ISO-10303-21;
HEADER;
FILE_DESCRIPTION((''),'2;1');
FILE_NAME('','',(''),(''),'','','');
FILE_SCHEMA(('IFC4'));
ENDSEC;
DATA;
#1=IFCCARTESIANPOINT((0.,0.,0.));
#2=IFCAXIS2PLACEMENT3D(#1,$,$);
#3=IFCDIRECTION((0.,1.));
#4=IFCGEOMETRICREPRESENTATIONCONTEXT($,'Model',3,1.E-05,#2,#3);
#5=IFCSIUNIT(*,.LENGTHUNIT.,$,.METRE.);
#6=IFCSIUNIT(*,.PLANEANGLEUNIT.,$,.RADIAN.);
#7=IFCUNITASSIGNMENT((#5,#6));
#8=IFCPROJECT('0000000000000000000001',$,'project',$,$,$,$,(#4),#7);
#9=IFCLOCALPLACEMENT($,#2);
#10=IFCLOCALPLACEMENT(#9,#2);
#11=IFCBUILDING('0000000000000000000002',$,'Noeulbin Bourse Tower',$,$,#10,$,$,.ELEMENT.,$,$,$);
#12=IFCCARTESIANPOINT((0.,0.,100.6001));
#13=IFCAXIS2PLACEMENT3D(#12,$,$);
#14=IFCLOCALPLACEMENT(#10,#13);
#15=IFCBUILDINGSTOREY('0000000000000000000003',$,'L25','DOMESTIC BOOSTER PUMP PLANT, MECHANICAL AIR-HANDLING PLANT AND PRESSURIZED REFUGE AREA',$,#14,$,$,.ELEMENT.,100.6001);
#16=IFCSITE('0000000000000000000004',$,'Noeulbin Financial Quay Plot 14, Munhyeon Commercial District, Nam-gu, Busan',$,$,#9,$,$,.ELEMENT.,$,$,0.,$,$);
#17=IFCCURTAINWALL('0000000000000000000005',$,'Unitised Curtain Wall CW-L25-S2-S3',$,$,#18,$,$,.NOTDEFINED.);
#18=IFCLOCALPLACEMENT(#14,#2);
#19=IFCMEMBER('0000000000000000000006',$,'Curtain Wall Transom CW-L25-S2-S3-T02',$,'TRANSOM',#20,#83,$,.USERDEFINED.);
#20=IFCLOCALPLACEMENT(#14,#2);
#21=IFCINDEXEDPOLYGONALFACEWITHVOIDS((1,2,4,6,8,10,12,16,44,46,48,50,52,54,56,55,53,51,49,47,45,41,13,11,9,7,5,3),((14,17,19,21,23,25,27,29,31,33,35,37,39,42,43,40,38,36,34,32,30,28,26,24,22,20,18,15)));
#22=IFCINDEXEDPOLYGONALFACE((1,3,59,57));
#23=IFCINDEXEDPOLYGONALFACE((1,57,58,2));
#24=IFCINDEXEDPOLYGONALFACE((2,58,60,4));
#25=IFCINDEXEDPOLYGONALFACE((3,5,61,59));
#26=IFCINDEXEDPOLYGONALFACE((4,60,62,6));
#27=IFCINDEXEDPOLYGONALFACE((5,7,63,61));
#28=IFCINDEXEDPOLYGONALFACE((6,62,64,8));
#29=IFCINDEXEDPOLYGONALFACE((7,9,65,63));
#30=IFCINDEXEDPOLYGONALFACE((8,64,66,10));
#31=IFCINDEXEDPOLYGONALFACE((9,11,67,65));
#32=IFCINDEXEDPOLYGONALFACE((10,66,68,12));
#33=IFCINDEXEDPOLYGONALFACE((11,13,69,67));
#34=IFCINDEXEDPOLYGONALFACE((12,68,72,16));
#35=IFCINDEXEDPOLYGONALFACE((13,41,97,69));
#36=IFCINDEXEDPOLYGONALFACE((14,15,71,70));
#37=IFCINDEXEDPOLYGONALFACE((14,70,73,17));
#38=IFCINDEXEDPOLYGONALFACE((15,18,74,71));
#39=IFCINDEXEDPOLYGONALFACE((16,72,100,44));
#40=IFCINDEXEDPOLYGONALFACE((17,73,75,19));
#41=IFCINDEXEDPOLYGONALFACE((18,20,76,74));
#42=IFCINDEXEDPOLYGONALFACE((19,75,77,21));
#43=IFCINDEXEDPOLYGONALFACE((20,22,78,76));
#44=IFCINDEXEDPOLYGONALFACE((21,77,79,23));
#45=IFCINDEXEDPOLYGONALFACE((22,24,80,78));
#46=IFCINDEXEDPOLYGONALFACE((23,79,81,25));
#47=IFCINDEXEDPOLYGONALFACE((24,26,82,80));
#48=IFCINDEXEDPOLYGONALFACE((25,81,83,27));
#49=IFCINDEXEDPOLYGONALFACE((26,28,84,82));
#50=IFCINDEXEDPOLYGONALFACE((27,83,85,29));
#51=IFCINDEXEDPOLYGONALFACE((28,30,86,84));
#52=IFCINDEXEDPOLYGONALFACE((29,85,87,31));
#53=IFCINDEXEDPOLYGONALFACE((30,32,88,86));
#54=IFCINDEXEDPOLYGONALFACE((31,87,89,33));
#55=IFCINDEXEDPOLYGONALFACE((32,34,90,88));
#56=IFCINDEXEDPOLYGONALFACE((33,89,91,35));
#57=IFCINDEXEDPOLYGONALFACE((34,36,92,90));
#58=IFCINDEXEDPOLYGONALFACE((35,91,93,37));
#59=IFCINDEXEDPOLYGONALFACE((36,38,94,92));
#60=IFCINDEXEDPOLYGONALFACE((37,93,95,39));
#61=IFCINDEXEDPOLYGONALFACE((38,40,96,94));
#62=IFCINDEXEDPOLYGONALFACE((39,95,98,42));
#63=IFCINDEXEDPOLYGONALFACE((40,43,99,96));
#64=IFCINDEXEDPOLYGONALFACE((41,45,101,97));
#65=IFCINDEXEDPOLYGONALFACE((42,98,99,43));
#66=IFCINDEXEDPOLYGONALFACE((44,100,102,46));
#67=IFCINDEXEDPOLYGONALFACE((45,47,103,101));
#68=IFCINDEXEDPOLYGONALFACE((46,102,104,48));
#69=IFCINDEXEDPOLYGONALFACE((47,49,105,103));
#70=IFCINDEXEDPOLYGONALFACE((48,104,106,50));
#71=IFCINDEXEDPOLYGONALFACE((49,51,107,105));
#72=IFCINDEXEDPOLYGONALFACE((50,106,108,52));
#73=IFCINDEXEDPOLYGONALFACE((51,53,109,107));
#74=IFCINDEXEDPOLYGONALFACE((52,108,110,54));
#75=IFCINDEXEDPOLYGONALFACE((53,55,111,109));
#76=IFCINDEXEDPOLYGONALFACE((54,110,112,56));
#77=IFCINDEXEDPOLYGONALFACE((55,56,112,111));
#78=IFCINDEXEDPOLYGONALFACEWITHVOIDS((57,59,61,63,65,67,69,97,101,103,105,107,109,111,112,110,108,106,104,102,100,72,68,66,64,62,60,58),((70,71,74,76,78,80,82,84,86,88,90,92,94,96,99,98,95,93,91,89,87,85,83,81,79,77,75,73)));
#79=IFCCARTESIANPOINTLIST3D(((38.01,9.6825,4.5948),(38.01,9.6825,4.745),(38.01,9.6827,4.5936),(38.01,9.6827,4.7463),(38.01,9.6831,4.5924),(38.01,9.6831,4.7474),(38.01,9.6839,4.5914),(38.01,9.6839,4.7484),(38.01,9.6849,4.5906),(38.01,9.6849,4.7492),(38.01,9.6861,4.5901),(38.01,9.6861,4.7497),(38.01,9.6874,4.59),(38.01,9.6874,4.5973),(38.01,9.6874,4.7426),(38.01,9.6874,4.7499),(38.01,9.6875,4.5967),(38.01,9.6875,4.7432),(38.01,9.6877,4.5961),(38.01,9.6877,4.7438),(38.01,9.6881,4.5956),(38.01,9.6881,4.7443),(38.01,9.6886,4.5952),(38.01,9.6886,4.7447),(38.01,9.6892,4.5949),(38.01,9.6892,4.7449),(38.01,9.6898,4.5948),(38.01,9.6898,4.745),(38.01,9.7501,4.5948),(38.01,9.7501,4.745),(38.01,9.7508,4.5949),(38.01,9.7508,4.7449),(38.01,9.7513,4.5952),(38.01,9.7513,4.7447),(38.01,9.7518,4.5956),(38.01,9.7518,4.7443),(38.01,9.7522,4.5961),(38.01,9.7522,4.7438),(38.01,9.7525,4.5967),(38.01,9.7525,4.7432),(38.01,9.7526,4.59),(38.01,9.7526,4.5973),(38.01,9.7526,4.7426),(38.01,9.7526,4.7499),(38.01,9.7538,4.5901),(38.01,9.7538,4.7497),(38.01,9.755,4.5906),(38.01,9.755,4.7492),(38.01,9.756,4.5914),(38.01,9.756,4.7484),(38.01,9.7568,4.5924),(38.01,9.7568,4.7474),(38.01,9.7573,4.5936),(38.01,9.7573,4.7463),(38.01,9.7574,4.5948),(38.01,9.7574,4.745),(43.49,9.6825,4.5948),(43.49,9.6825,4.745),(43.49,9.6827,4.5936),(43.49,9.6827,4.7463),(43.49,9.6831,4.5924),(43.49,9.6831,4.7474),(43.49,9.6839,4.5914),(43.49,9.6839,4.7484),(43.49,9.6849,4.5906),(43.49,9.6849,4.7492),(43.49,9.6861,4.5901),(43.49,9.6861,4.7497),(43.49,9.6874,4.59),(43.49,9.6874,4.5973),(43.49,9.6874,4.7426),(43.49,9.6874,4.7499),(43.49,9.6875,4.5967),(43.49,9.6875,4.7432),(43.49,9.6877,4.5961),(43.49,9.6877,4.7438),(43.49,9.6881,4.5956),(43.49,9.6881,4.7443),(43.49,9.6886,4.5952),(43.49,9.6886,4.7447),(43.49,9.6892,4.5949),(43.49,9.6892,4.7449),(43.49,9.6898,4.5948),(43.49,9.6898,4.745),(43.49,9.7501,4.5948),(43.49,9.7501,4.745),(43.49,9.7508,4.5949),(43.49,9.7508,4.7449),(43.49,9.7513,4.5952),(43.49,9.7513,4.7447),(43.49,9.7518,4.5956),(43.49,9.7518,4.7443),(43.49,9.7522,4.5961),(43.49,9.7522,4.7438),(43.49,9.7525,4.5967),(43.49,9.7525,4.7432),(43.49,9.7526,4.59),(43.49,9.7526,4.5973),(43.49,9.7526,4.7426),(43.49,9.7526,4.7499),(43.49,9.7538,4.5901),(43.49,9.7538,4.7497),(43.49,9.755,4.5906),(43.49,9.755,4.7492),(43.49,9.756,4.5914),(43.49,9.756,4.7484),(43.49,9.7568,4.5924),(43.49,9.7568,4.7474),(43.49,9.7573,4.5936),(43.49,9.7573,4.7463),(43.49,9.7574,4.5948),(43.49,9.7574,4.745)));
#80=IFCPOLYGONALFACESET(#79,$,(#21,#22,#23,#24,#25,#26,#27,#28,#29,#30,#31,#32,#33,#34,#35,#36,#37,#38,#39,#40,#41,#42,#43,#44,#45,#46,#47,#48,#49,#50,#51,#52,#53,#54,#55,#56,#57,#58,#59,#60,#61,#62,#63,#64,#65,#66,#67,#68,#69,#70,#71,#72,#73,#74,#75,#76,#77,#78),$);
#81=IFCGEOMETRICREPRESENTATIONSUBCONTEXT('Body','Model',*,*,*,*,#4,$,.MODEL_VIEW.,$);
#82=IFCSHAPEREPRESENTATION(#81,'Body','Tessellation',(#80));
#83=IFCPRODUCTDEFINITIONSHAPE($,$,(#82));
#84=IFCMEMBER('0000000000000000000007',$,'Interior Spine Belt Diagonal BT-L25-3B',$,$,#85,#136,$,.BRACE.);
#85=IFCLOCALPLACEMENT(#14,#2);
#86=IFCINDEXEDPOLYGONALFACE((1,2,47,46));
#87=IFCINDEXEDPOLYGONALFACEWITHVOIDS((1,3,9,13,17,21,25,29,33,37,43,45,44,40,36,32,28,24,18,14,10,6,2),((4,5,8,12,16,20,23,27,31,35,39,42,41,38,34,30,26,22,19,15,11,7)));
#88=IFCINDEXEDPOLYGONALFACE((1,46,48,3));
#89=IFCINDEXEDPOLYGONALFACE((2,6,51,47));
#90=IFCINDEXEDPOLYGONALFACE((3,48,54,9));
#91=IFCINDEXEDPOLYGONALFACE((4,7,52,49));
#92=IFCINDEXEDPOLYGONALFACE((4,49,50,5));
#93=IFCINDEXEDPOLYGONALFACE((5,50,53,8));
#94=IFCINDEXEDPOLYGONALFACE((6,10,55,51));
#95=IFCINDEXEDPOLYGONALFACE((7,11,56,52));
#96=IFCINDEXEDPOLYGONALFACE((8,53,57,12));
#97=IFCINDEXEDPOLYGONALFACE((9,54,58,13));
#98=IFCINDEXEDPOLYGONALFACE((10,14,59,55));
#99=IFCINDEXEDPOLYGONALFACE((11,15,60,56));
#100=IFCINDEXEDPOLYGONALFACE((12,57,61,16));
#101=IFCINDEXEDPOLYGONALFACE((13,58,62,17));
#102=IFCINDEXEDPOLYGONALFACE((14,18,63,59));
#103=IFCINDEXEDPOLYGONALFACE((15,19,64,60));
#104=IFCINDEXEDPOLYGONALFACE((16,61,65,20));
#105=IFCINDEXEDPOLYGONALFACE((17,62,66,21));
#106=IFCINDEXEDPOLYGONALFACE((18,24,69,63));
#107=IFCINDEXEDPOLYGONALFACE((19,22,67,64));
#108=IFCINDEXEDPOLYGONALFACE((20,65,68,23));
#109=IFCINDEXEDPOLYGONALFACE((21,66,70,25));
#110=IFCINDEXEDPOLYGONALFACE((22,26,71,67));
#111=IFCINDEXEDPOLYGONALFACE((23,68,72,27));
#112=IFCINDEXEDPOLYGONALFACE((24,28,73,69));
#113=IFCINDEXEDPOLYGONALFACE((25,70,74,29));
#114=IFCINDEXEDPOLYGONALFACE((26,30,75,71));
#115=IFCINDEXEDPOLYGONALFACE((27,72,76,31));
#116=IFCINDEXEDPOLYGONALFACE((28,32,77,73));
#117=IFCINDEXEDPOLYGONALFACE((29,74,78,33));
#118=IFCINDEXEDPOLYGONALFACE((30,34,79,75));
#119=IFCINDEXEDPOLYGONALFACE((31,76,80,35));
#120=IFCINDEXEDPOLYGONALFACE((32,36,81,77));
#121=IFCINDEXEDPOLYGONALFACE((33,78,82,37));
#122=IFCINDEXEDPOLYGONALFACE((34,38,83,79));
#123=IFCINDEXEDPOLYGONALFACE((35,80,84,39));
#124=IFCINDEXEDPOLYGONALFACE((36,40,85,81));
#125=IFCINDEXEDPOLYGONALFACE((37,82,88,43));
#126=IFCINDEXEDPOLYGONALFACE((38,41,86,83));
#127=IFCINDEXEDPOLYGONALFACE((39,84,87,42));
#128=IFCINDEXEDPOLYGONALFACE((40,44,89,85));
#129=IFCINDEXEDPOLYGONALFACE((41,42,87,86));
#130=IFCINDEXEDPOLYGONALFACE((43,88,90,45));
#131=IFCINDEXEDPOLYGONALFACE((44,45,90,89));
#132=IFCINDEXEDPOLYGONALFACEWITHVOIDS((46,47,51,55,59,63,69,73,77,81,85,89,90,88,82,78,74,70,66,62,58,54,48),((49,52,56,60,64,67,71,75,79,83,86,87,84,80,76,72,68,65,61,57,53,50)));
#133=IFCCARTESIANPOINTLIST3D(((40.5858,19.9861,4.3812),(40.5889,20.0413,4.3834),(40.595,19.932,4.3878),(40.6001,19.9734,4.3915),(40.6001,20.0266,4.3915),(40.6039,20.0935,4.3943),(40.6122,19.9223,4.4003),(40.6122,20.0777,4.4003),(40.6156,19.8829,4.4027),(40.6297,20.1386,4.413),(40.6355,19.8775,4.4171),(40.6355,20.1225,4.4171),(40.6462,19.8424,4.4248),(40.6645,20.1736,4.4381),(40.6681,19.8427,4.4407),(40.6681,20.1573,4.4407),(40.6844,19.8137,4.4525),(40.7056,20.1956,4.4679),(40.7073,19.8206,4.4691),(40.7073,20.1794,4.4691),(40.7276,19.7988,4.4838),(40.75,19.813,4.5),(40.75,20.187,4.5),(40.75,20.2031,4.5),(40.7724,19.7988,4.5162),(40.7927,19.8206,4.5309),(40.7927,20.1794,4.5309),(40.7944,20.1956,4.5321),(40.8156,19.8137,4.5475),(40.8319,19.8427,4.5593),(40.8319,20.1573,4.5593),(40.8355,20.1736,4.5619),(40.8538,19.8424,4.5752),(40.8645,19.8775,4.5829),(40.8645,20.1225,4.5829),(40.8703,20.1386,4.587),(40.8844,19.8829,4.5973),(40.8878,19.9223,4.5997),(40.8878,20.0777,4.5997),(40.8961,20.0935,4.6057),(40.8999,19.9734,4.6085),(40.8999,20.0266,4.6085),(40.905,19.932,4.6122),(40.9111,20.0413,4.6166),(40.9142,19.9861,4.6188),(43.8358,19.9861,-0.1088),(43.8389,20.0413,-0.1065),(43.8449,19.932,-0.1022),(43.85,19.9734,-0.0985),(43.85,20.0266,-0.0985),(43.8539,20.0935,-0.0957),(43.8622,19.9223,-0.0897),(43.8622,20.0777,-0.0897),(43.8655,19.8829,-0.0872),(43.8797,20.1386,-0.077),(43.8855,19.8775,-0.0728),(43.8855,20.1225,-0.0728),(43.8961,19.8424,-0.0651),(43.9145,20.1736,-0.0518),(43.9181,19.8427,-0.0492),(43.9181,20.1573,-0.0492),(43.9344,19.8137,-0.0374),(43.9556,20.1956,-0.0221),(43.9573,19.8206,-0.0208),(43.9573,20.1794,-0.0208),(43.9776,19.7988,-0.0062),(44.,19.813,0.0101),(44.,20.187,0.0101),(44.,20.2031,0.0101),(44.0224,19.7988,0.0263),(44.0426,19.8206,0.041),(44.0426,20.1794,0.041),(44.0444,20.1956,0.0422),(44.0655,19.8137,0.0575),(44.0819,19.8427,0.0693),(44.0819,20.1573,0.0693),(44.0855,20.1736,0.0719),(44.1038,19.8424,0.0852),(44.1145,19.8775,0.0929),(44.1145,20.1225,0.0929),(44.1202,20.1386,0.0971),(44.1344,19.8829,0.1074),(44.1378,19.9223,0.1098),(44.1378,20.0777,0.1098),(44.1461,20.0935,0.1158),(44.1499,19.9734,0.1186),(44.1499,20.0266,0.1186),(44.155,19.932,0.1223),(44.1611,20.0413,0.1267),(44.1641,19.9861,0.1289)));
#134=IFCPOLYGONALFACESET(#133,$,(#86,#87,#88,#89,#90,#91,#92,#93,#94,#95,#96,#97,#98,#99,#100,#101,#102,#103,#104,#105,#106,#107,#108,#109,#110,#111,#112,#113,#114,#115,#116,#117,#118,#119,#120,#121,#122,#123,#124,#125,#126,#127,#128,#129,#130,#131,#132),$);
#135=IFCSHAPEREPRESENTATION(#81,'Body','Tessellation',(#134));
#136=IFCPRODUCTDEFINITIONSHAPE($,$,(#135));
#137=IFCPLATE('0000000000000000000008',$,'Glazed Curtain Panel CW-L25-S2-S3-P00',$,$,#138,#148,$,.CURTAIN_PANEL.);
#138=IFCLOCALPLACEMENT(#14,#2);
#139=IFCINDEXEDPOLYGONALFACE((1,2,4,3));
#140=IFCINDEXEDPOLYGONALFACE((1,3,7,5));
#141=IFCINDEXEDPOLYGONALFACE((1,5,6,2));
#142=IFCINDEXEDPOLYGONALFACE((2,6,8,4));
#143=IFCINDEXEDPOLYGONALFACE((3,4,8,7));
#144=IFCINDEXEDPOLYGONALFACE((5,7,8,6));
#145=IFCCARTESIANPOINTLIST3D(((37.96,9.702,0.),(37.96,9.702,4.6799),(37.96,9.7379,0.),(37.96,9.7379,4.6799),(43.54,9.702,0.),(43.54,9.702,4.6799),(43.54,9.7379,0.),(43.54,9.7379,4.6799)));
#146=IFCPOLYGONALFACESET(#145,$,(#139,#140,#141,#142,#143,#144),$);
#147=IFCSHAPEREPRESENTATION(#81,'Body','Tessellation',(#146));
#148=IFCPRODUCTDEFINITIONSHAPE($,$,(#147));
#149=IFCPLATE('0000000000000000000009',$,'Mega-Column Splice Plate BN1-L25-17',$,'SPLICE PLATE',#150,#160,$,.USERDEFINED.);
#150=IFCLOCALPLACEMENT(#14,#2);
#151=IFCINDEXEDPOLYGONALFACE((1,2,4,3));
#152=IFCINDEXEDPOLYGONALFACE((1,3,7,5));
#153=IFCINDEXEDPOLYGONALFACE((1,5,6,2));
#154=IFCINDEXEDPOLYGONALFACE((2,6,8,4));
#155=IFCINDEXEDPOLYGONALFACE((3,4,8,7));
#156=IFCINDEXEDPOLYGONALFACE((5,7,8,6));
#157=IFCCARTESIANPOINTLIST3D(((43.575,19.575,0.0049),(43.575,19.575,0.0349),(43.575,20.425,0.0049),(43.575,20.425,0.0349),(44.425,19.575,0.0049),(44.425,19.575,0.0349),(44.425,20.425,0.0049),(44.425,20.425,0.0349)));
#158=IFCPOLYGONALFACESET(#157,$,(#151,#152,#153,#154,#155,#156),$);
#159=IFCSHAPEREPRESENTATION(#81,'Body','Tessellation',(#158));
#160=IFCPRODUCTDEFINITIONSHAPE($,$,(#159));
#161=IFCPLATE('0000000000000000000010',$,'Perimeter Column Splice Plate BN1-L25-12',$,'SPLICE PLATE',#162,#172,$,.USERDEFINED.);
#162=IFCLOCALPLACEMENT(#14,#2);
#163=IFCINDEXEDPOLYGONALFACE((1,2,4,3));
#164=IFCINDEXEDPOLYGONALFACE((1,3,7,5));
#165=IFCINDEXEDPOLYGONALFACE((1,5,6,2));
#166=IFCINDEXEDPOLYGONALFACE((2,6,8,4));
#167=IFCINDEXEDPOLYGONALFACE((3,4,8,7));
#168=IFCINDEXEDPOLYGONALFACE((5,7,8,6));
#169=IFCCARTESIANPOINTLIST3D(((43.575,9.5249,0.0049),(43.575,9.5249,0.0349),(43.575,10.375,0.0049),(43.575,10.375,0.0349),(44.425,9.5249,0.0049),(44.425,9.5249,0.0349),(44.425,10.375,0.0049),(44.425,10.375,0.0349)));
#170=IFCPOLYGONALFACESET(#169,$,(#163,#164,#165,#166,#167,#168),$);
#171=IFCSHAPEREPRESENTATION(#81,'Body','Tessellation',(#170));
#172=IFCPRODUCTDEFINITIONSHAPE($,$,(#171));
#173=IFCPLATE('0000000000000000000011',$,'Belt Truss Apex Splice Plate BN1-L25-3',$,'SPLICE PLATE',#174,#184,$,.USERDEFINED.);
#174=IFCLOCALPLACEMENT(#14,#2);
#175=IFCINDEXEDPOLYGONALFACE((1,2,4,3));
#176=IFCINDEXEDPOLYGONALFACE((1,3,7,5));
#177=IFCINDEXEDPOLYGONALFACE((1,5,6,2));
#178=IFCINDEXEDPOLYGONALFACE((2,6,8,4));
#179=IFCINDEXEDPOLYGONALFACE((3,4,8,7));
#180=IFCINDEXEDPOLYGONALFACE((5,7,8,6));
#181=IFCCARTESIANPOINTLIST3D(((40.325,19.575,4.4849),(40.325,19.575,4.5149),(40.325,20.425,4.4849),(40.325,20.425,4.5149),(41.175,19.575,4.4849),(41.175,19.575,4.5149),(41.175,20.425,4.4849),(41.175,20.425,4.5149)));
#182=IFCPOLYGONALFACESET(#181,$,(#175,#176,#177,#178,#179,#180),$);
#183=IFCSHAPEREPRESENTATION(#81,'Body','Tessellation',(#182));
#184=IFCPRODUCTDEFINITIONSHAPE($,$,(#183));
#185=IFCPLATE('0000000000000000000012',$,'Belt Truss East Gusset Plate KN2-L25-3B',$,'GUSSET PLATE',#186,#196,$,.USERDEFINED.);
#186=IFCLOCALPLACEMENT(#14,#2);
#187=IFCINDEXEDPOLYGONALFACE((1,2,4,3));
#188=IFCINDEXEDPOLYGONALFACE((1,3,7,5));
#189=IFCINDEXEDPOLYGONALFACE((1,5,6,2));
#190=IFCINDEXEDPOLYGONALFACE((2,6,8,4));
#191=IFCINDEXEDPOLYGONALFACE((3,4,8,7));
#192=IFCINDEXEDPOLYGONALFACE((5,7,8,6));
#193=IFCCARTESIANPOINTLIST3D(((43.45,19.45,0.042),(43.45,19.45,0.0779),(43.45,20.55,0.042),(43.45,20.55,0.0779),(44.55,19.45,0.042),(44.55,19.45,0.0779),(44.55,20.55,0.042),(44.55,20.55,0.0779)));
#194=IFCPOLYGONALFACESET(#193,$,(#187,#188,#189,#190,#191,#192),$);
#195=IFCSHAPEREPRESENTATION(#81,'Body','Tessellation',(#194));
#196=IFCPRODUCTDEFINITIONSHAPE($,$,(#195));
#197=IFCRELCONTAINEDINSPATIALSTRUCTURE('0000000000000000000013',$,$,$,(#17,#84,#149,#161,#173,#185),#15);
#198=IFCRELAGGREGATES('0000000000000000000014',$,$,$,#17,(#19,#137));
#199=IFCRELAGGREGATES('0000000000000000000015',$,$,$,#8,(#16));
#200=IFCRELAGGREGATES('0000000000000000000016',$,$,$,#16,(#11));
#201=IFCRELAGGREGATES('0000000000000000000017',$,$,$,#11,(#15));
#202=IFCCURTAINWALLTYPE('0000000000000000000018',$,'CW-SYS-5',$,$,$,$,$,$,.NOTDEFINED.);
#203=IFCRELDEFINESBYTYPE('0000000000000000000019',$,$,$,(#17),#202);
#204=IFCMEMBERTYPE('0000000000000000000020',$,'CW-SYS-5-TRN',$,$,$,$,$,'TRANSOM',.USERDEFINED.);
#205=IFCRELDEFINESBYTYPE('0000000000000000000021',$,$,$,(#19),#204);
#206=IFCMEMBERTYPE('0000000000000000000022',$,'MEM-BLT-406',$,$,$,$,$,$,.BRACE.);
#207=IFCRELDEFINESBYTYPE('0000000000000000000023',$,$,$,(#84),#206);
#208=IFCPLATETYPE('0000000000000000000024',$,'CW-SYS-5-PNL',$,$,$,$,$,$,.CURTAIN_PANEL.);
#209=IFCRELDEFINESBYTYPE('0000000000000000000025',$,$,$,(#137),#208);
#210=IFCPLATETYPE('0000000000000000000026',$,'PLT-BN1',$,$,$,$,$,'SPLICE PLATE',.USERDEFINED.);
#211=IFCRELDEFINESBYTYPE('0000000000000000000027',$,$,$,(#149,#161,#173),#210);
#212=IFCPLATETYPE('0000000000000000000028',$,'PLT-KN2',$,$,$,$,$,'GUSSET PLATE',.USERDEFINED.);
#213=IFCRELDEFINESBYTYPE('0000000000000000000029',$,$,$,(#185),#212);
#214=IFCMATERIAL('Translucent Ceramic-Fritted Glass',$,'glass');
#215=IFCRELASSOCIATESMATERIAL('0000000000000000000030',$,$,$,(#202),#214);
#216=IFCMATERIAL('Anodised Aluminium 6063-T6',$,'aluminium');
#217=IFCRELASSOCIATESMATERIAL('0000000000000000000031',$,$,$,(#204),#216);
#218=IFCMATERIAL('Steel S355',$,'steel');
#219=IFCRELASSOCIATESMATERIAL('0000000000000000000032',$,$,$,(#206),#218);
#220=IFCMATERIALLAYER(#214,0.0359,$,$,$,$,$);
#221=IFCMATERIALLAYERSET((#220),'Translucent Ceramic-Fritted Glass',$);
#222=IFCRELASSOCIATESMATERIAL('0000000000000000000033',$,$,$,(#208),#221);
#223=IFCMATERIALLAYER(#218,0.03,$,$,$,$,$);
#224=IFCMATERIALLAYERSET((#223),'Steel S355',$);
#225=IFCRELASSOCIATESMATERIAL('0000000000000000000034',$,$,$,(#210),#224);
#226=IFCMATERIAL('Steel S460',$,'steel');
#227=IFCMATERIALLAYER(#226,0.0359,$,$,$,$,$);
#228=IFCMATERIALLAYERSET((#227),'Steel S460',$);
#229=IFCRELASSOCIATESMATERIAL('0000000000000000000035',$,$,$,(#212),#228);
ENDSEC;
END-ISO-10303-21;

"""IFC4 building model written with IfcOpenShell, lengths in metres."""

from ifc_helpers import new_model, si_unit, direction, frame, origin, origin_2d, place, context, subcontext, project, spatial, rectangle, hollow_rectangle, hollow_circle, extrude, material, layer, layer_set, material_profile, profile_set, type_object, element, aggregate, save


model = new_model("IFC4")

# Units and contexts
model_context = context("Model", 3, precision=1e-05, world=origin(), true_north=direction((0.0, 1.0)))
body_context = subcontext(model_context, "Body", "Model", "MODEL_VIEW")
ifc_project = project(units=[si_unit("LENGTHUNIT", "METRE"), si_unit("PLANEANGLEUNIT", "RADIAN")], contexts=[model_context])

# Site, building, storey
site_placement = place(None, origin())
site = spatial("IfcSite", under=ifc_project, at=site_placement, Name="Noeulbin Financial Quay Plot 14, Munhyeon Commercial District, Nam-gu, Busan", CompositionType="ELEMENT", RefElevation=0.0)
building_placement = place(site_placement, origin())
building = spatial("IfcBuilding", under=site, at=building_placement, Name="Noeulbin Bourse Tower", CompositionType="ELEMENT")
storey_placement = place(building_placement, frame((0.0, 0.0, 100.6001)))
storey = spatial("IfcBuildingStorey", under=building, at=storey_placement, Name="L25", Description="DOMESTIC BOOSTER PUMP PLANT, MECHANICAL AIR-HANDLING PLANT AND PRESSURIZED REFUGE AREA", CompositionType="ELEMENT", Elevation=100.6001)

# Shared definitions
ifc_material_1 = material(Name="Steel S460", Category="steel")

# Shared definitions
ifc_material_2 = material(Name="Steel S355", Category="steel")

# Curtain wall, member
ifc_material_3 = material(Name="Translucent Ceramic-Fritted Glass", Category="glass")
curtain_wall_type = type_object("IfcCurtainWallType", Name="CW-SYS-5", PredefinedType="NOTDEFINED", material=ifc_material_3)
curtain_wall_placement = place(storey_placement, origin())
curtain_wall = element("IfcCurtainWall", 1, at=curtain_wall_placement, inside=storey, type_object=curtain_wall_type, Name="Unitised Curtain Wall CW-L25-S2-S3", PredefinedType="NOTDEFINED")
ifc_material_4 = material(Name="Anodised Aluminium 6063-T6", Category="aluminium")
ifc_material_profile_1 = material_profile(ifc_material_4, hollow_rectangle(XDim=0.075, YDim=0.1599, WallThickness=0.0049, InnerFilletRadius=0.0024, OuterFilletRadius=0.0049, at=origin_2d()), Name="ALU-TRAN-75x160x5", Category="LoadBearing")
ifc_profile_set_1 = profile_set([ifc_material_profile_1], Name="Anodised Aluminium 6063-T6")
member_type_1 = type_object("IfcMemberType", Name="CW-SYS-5-TRN", ElementType="TRANSOM", PredefinedType="USERDEFINED", material=ifc_profile_set_1)
member_1_placement = place(storey_placement, frame((38.01, 9.72, 4.6699), z_axis=(1.0, 0.0, 0.0), x_axis=(0.0, 1.0, 0.0)))
member_1 = element("IfcMember", 2, at=member_1_placement, type_object=member_type_1, Name="Curtain Wall Transom CW-L25-S2-S3-T02", ObjectType="TRANSOM", PredefinedType="USERDEFINED", context=body_context, shape_type="SweptSolid", body=[
    extrude(hollow_rectangle(XDim=0.075, YDim=0.1599, WallThickness=0.0049, InnerFilletRadius=0.0024, OuterFilletRadius=0.0049, at=origin_2d()), origin(), (0.0, 0.0, 1.0), 5.48),
])

# Member
ifc_material_profile_2 = material_profile(ifc_material_2, hollow_circle(Radius=0.2031, WallThickness=0.0161, at=origin_2d()), Name="CHS-406.4x16.0", Category="LoadBearing")
ifc_profile_set_2 = profile_set([ifc_material_profile_2], Name="Steel S355")
member_type_2 = type_object("IfcMemberType", Name="MEM-BLT-406", PredefinedType="BRACE", material=ifc_profile_set_2)
member_2_placement = place(storey_placement, frame((40.75, 20.0, 4.5), z_axis=(0.586347, 0.0, -0.81006), x_axis=(0.0, 1.0, 0.0)))
element("IfcMember", 3, at=member_2_placement, inside=storey, type_object=member_type_2, Name="Interior Spine Belt Diagonal BT-L25-3B", PredefinedType="BRACE", context=body_context, shape_type="SweptSolid", body=[
    extrude(hollow_circle(Radius=0.2031, WallThickness=0.0161, at=origin_2d()), origin(), (0.0, 0.0, 1.0), 5.5427),
])

# Plate
ifc_layer_1 = layer(ifc_material_3, 0.0359)
ifc_layer_set_1 = layer_set([ifc_layer_1], Name="Translucent Ceramic-Fritted Glass")
plate_type_1 = type_object("IfcPlateType", Name="CW-SYS-5-PNL", PredefinedType="CURTAIN_PANEL", material=ifc_layer_set_1)
plate_1_placement = place(storey_placement, frame((40.75, 9.72, 0.0), z_axis=(0.0, 0.0, 1.0), x_axis=(1.0, 0.0, 0.0)))
plate_1 = element("IfcPlate", 4, at=plate_1_placement, type_object=plate_type_1, Name="Glazed Curtain Panel CW-L25-S2-S3-P00", PredefinedType="CURTAIN_PANEL", context=body_context, shape_type="SweptSolid", body=[
    extrude(rectangle(XDim=5.5801, YDim=0.0359, at=origin_2d()), origin(), (0.0, 0.0, 1.0), 4.6799),
])
aggregate(curtain_wall, [member_1, plate_1])

# Plates
ifc_layer_2 = layer(ifc_material_2, 0.03)
ifc_layer_set_2 = layer_set([ifc_layer_2], Name="Steel S355")
plate_type_2 = type_object("IfcPlateType", Name="PLT-BN1", ElementType="SPLICE PLATE", PredefinedType="USERDEFINED", material=ifc_layer_set_2)
for number, where, z_axis, x_axis, name in (
    (5, (44.0, 20.0, 0.0049), (0.0, 0.0, 1.0), (1.0, 0.0, 0.0), "Mega-Column Splice Plate BN1-L25-17"),
    (6, (44.0, 9.95, 0.0049), (0.0, 0.0, 1.0), (1.0, 0.0, 0.0), "Perimeter Column Splice Plate BN1-L25-12"),
    (7, (40.75, 20.0, 4.4849), (0.0, 0.0, 1.0), (1.0, 0.0, 0.0), "Belt Truss Apex Splice Plate BN1-L25-3"),
):
    element("IfcPlate", number, at=place(storey_placement, frame(where, z_axis=z_axis, x_axis=x_axis)), inside=storey, type_object=plate_type_2, Name=name, ObjectType="SPLICE PLATE", PredefinedType="USERDEFINED", context=body_context, shape_type="SweptSolid", body=[
        extrude(rectangle(XDim=0.8501, YDim=0.8501, at=origin_2d()), origin(), (0.0, 0.0, 1.0), 0.03),
    ])
ifc_layer_3 = layer(ifc_material_1, 0.0359)
ifc_layer_set_3 = layer_set([ifc_layer_3], Name="Steel S460")
plate_type_3 = type_object("IfcPlateType", Name="PLT-KN2", ElementType="GUSSET PLATE", PredefinedType="USERDEFINED", material=ifc_layer_set_3)
plate_2_placement = place(storey_placement, frame((44.0, 20.0, 0.042), z_axis=(0.0, 0.0, 1.0), x_axis=(1.0, 0.0, 0.0)))
element("IfcPlate", 8, at=plate_2_placement, inside=storey, type_object=plate_type_3, Name="Belt Truss East Gusset Plate KN2-L25-3B", ObjectType="GUSSET PLATE", PredefinedType="USERDEFINED", context=body_context, shape_type="SweptSolid", body=[
    extrude(rectangle(XDim=1.1001, YDim=1.1001, at=origin_2d()), origin(), (0.0, 0.0, 1.0), 0.0359),
])

save(model, "model.ifc")
